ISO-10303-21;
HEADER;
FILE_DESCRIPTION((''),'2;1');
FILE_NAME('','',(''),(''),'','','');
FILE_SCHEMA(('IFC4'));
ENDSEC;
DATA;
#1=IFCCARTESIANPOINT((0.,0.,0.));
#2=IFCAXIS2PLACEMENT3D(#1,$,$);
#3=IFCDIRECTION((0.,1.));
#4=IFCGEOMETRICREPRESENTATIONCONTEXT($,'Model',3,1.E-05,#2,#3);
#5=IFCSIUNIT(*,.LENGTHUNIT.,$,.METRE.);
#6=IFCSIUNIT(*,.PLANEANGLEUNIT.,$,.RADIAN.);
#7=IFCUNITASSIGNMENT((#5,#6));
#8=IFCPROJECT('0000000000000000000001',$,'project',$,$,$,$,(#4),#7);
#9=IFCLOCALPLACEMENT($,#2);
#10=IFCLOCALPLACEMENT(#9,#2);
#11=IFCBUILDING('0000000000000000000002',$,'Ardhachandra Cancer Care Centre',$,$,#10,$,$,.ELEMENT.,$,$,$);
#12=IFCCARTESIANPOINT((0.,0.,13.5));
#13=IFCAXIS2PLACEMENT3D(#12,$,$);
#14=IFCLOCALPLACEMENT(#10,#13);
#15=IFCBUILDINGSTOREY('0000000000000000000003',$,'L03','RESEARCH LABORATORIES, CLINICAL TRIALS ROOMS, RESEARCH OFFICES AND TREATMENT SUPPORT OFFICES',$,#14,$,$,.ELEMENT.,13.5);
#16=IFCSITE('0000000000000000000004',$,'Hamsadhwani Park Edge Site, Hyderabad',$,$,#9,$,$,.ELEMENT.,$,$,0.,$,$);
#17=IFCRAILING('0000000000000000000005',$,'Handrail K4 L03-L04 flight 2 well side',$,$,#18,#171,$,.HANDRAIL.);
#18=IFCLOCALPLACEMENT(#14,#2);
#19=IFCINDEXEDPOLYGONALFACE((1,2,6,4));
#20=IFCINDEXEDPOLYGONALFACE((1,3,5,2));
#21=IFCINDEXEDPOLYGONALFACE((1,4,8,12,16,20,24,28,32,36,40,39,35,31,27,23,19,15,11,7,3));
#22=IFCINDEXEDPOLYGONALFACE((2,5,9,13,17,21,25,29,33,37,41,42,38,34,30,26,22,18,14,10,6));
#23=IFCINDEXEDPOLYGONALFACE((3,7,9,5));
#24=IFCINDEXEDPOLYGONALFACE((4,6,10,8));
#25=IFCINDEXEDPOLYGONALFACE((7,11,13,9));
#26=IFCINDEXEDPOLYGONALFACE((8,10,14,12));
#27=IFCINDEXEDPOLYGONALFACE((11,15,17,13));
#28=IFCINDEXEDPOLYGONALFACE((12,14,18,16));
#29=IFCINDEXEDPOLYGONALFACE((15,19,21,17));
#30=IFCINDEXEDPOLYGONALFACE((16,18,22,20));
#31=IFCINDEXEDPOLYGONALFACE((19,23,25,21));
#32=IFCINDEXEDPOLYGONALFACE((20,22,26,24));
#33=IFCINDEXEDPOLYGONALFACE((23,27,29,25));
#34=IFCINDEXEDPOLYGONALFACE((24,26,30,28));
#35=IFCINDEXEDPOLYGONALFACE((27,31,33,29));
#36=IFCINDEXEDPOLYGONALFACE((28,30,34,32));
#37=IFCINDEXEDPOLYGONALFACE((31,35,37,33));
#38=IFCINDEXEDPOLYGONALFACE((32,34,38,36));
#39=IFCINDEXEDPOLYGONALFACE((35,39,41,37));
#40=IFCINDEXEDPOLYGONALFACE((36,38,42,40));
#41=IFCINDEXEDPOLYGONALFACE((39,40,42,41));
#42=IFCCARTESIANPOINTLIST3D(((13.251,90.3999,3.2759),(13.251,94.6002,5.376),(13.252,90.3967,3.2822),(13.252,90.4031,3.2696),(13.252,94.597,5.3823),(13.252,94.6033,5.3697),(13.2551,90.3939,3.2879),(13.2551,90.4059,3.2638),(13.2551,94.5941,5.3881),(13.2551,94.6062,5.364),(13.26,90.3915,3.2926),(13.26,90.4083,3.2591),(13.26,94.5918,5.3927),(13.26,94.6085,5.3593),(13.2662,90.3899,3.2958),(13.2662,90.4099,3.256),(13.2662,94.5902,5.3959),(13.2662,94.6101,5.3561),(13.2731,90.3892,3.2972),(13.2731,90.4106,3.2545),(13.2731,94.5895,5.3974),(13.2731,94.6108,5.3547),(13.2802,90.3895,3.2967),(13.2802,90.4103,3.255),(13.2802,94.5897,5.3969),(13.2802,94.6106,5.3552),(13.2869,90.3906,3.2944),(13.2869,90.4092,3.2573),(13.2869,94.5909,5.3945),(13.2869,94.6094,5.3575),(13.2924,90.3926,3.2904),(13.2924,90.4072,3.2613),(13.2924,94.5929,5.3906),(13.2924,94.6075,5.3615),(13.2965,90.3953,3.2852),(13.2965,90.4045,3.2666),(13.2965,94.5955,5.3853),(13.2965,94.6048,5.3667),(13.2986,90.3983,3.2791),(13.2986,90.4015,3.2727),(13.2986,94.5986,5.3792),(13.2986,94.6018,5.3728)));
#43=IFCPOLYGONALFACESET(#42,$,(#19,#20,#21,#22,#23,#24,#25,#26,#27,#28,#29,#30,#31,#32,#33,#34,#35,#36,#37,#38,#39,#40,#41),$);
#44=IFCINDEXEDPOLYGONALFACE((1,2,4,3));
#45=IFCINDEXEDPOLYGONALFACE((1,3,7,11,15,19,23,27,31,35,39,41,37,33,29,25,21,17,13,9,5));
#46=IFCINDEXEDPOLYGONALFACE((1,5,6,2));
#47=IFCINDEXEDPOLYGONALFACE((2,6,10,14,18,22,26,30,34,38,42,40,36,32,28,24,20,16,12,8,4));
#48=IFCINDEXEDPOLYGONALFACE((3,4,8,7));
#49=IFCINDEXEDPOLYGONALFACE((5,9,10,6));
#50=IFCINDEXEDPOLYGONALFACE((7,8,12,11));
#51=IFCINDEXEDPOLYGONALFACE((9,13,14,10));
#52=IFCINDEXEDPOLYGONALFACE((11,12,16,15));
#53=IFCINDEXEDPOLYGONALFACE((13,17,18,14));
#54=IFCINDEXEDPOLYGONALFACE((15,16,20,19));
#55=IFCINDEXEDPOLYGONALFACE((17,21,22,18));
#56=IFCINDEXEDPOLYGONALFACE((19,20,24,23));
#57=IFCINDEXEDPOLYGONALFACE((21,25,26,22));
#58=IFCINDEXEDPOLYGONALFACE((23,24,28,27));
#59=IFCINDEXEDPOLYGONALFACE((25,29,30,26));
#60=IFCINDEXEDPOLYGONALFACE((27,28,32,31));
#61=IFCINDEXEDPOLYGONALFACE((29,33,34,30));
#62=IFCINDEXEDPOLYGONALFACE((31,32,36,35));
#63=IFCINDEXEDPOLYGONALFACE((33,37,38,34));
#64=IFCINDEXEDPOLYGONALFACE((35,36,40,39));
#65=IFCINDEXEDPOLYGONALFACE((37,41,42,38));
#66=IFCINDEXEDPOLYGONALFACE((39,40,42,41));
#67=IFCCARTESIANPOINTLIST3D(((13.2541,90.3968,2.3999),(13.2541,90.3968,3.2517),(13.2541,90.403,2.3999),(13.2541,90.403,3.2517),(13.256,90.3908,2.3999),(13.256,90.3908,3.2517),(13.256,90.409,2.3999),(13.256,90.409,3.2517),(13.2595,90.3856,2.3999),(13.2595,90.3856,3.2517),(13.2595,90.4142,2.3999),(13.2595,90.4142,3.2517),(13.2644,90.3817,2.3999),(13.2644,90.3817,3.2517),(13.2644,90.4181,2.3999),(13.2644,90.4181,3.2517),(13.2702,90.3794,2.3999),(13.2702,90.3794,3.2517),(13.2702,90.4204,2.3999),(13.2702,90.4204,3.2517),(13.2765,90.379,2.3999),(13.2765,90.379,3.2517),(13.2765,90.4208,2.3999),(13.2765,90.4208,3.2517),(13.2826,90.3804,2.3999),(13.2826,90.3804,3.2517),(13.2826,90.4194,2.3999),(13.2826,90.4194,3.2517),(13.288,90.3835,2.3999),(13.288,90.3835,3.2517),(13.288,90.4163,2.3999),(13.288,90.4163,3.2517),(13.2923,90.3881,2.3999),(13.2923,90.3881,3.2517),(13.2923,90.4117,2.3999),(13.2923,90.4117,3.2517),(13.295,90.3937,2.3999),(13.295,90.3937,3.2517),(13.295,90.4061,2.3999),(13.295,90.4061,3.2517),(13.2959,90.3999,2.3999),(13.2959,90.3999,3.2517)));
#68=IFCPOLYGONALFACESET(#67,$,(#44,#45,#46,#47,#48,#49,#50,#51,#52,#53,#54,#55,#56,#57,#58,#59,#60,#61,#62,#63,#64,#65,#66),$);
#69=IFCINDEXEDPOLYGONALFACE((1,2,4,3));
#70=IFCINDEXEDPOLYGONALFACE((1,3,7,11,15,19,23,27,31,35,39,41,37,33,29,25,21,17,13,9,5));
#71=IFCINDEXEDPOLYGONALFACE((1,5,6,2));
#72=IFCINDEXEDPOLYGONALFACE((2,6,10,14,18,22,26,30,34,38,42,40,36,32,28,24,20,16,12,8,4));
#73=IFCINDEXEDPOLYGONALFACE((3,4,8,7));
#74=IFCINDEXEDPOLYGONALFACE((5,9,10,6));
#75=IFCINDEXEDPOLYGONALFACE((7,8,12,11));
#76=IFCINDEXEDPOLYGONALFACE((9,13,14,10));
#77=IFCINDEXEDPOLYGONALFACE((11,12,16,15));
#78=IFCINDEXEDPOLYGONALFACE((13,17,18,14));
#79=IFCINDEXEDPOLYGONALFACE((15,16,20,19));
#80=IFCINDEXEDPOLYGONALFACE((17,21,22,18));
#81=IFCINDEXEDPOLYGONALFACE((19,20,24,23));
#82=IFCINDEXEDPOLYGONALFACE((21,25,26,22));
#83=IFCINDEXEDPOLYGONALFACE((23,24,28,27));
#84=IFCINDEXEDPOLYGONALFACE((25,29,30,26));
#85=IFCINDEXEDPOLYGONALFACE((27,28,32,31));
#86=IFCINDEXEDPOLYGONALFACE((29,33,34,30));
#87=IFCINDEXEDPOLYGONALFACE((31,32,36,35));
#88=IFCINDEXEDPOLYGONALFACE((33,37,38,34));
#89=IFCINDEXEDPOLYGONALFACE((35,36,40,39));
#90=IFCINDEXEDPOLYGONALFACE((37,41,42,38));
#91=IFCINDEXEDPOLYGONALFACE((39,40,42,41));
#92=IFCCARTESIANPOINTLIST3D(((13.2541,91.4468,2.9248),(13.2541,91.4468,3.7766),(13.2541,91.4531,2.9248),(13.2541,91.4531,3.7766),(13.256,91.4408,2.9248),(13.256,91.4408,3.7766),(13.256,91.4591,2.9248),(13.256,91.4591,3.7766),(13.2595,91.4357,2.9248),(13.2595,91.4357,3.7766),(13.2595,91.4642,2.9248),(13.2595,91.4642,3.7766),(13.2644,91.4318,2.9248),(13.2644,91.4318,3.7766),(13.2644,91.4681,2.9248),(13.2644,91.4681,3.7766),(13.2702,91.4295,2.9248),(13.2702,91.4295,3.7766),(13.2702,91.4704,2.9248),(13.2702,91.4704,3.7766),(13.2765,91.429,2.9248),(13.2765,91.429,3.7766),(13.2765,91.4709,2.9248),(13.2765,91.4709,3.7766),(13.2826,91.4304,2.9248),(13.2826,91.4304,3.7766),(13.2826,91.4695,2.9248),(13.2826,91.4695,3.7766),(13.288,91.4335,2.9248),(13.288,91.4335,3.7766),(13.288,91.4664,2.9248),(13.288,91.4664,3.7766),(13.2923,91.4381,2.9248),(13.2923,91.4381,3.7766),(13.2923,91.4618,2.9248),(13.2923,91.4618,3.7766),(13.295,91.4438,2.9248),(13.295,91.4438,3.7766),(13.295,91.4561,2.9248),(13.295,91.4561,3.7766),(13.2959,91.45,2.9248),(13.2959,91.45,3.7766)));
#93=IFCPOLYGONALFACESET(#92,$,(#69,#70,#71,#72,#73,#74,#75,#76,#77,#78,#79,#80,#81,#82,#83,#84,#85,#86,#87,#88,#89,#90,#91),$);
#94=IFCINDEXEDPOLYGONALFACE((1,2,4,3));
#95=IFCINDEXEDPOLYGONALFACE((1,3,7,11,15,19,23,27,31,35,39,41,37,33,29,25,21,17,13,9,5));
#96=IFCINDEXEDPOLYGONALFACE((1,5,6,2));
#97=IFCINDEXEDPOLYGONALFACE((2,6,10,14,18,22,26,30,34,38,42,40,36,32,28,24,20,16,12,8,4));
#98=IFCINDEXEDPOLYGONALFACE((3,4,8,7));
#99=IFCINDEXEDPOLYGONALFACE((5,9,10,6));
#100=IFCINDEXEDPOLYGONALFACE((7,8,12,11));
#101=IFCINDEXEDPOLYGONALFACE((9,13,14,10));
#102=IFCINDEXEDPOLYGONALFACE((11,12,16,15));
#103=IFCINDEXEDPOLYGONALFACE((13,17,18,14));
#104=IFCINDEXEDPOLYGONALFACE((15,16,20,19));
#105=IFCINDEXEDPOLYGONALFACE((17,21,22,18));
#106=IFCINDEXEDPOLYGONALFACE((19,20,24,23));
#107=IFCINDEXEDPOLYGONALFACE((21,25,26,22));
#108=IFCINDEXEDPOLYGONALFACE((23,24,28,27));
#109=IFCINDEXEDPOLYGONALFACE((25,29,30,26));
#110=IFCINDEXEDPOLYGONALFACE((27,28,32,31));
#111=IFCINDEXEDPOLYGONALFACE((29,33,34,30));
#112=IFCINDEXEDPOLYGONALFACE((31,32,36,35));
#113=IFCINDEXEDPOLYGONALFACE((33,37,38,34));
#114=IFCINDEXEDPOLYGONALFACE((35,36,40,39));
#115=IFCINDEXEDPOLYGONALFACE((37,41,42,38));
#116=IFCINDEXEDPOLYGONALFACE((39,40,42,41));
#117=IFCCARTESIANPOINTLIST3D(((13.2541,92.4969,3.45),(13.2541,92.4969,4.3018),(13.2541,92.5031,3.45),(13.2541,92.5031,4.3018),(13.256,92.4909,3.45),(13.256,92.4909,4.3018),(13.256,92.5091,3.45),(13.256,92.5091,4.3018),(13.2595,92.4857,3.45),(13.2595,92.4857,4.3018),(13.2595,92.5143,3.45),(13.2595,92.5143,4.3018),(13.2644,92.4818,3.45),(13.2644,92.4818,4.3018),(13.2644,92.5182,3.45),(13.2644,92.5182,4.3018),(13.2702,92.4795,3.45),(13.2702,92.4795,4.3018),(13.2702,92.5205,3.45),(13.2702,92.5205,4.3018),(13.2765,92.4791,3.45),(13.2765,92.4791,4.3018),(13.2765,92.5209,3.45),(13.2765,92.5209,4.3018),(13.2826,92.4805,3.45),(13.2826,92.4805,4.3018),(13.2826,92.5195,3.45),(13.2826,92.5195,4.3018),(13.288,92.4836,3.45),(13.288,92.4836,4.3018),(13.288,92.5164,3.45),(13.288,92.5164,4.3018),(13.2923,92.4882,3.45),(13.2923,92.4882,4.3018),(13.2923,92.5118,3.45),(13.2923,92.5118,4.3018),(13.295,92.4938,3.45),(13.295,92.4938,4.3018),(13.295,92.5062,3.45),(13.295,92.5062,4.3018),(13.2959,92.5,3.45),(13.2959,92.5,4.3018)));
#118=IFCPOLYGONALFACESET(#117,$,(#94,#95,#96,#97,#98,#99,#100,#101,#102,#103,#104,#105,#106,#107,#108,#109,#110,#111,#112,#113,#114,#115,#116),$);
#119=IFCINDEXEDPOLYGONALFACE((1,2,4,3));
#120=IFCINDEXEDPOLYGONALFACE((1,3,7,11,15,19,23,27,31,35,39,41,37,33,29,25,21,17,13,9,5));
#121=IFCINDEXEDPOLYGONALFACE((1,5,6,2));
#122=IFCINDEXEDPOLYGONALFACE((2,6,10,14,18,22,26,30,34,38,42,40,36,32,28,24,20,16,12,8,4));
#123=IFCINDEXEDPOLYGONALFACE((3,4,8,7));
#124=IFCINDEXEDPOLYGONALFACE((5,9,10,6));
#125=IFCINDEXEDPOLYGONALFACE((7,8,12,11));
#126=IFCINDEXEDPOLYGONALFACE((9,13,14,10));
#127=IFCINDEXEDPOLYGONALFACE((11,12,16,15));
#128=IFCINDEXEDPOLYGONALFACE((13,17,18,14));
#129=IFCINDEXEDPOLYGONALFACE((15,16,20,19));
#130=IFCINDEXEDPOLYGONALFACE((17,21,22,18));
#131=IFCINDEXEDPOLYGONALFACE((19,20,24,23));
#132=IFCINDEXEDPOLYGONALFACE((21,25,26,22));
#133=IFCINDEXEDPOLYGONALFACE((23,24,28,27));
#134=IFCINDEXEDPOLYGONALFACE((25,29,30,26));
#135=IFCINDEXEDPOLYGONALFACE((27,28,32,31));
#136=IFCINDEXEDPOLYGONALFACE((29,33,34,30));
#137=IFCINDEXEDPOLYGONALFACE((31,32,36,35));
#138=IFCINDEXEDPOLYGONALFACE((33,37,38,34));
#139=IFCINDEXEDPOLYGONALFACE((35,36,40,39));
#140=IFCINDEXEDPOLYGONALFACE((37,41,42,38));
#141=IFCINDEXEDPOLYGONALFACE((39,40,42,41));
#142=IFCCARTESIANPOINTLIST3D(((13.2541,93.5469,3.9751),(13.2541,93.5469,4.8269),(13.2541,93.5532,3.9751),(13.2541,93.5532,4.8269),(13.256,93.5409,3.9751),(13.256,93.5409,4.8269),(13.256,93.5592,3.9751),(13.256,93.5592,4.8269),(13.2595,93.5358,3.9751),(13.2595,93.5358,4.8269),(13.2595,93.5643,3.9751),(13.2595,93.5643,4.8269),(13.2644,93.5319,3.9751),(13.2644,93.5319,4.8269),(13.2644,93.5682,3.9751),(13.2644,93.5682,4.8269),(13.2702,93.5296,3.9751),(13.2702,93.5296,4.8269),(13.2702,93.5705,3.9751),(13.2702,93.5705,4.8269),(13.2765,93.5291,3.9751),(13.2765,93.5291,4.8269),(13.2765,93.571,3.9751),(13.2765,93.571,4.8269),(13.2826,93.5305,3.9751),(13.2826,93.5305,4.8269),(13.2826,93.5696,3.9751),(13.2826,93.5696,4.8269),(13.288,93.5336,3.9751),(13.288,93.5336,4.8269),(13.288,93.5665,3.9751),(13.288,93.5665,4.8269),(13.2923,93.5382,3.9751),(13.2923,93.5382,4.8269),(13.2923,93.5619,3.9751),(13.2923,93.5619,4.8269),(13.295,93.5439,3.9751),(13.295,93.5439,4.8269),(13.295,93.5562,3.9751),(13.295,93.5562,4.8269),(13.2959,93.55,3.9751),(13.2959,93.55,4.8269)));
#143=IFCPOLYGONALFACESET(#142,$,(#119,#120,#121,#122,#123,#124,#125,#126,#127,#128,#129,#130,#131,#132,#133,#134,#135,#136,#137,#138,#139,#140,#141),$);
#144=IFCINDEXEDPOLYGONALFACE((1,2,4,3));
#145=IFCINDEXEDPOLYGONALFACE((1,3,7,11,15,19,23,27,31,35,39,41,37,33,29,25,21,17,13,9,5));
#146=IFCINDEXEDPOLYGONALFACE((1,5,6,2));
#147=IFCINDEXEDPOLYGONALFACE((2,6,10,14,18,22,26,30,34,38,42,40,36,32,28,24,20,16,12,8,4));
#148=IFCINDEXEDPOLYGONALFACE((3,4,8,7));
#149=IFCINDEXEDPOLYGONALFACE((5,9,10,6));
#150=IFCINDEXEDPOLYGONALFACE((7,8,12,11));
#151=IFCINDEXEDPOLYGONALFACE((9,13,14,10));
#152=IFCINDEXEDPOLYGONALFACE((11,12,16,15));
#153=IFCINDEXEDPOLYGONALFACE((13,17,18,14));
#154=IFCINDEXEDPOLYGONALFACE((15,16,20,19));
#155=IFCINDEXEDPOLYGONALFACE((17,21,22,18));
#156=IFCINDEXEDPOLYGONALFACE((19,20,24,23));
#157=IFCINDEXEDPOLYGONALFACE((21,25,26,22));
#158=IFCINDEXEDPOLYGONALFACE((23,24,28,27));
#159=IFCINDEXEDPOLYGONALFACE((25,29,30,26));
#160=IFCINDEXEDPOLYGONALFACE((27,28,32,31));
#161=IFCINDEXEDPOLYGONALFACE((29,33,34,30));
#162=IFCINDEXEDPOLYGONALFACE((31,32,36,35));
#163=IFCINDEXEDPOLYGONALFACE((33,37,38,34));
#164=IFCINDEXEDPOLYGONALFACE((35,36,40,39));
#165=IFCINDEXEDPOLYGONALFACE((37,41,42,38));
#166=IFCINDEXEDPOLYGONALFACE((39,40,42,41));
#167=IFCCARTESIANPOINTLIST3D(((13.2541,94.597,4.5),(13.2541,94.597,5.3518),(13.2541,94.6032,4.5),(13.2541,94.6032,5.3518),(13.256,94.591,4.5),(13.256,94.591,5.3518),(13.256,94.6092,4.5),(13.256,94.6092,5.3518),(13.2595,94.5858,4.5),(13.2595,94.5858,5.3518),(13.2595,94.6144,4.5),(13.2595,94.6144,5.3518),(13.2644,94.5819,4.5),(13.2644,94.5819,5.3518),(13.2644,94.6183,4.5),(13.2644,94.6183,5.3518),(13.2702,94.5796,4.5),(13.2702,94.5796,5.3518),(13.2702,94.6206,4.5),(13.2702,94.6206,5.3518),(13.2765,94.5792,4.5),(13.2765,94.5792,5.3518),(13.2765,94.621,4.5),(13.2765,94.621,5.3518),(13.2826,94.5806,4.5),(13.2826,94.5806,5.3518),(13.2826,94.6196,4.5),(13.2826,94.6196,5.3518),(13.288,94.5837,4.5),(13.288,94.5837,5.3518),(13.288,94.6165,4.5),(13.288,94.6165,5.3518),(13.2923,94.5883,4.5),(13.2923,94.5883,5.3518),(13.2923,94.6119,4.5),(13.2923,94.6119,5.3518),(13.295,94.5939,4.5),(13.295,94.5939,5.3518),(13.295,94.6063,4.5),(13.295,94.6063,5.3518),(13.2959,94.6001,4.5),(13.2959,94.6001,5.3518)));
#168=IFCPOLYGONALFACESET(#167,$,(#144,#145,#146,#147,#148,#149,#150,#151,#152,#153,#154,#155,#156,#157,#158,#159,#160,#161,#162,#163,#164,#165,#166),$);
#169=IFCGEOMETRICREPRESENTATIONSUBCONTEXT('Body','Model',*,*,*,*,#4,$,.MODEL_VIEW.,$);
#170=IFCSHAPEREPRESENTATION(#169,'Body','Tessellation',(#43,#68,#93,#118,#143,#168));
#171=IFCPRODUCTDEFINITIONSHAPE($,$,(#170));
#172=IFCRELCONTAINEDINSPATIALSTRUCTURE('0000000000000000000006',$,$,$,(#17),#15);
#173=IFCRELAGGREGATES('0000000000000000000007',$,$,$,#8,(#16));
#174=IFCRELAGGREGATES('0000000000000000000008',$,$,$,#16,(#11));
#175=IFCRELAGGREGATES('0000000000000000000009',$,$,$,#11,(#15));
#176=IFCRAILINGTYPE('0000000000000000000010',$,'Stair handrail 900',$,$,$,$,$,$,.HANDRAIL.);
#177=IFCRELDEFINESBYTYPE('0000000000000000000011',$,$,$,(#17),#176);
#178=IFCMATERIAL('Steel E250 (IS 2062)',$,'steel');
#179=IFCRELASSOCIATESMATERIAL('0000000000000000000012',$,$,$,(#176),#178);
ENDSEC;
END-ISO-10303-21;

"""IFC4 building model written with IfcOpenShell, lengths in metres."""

from ifc_helpers import new_model, si_unit, direction, frame, origin, origin_2d, place, context, subcontext, project, spatial, circle, extrude, material, type_object, element, save


model = new_model("IFC4")

# Units and contexts
model_context = context("Model", 3, precision=1e-05, world=origin(), true_north=direction((0.0, 1.0)))
body_context = subcontext(model_context, "Body", "Model", "MODEL_VIEW")
ifc_project = project(units=[si_unit("LENGTHUNIT", "METRE"), si_unit("PLANEANGLEUNIT", "RADIAN")], contexts=[model_context])

# Site, building, storey
site_placement = place(None, origin())
site = spatial("IfcSite", under=ifc_project, at=site_placement, Name="Hamsadhwani Park Edge Site, Hyderabad", CompositionType="ELEMENT", RefElevation=0.0)
building_placement = place(site_placement, origin())
building = spatial("IfcBuilding", under=site, at=building_placement, Name="Ardhachandra Cancer Care Centre", CompositionType="ELEMENT")
storey_placement = place(building_placement, frame((0.0, 0.0, 13.5)))
storey = spatial("IfcBuildingStorey", under=building, at=storey_placement, Name="L03", Description="RESEARCH LABORATORIES, CLINICAL TRIALS ROOMS, RESEARCH OFFICES AND TREATMENT SUPPORT OFFICES", CompositionType="ELEMENT", Elevation=13.5)

# Railing
ifc_material_1 = material(Name="Steel E250 (IS 2062)", Category="steel")
railing_type_1 = type_object("IfcRailingType", Name="Stair handrail 900", PredefinedType="HANDRAIL", material=ifc_material_1)
for number, where, name in (
    (1, (13.2749, 90.3999, 2.3999), "Handrail K4 L03-L04 flight 2 well side"),
):
    element("IfcRailing", number, at=place(storey_placement, frame(where)), inside=storey, type_object=railing_type_1, Name=name, PredefinedType="HANDRAIL", context=body_context, shape_type="SweptSolid", body=[
        extrude(circle(Radius=0.0239, at=origin_2d()), frame((0.0, 0.0, 0.876), z_axis=(0.0, 0.894427, 0.447214), x_axis=(-1.0, 0.0, 0.0)), (0.0, 0.0, 1.0), 4.696),
        extrude(circle(Radius=0.021, at=origin_2d()), origin(), (0.0, 0.0, 1.0), 0.8518),
        extrude(circle(Radius=0.021, at=origin_2d()), frame((0.0, 1.05, 0.5249)), (0.0, 0.0, 1.0), 0.8518),
        extrude(circle(Radius=0.021, at=origin_2d()), frame((0.0, 2.1001, 1.05)), (0.0, 0.0, 1.0), 0.8518),
        extrude(circle(Radius=0.021, at=origin_2d()), frame((0.0, 3.1501, 1.5752)), (0.0, 0.0, 1.0), 0.8518),
        extrude(circle(Radius=0.021, at=origin_2d()), frame((0.0, 4.2002, 2.1001)), (0.0, 0.0, 1.0), 0.8518),
    ])

save(model, "model.ifc")
